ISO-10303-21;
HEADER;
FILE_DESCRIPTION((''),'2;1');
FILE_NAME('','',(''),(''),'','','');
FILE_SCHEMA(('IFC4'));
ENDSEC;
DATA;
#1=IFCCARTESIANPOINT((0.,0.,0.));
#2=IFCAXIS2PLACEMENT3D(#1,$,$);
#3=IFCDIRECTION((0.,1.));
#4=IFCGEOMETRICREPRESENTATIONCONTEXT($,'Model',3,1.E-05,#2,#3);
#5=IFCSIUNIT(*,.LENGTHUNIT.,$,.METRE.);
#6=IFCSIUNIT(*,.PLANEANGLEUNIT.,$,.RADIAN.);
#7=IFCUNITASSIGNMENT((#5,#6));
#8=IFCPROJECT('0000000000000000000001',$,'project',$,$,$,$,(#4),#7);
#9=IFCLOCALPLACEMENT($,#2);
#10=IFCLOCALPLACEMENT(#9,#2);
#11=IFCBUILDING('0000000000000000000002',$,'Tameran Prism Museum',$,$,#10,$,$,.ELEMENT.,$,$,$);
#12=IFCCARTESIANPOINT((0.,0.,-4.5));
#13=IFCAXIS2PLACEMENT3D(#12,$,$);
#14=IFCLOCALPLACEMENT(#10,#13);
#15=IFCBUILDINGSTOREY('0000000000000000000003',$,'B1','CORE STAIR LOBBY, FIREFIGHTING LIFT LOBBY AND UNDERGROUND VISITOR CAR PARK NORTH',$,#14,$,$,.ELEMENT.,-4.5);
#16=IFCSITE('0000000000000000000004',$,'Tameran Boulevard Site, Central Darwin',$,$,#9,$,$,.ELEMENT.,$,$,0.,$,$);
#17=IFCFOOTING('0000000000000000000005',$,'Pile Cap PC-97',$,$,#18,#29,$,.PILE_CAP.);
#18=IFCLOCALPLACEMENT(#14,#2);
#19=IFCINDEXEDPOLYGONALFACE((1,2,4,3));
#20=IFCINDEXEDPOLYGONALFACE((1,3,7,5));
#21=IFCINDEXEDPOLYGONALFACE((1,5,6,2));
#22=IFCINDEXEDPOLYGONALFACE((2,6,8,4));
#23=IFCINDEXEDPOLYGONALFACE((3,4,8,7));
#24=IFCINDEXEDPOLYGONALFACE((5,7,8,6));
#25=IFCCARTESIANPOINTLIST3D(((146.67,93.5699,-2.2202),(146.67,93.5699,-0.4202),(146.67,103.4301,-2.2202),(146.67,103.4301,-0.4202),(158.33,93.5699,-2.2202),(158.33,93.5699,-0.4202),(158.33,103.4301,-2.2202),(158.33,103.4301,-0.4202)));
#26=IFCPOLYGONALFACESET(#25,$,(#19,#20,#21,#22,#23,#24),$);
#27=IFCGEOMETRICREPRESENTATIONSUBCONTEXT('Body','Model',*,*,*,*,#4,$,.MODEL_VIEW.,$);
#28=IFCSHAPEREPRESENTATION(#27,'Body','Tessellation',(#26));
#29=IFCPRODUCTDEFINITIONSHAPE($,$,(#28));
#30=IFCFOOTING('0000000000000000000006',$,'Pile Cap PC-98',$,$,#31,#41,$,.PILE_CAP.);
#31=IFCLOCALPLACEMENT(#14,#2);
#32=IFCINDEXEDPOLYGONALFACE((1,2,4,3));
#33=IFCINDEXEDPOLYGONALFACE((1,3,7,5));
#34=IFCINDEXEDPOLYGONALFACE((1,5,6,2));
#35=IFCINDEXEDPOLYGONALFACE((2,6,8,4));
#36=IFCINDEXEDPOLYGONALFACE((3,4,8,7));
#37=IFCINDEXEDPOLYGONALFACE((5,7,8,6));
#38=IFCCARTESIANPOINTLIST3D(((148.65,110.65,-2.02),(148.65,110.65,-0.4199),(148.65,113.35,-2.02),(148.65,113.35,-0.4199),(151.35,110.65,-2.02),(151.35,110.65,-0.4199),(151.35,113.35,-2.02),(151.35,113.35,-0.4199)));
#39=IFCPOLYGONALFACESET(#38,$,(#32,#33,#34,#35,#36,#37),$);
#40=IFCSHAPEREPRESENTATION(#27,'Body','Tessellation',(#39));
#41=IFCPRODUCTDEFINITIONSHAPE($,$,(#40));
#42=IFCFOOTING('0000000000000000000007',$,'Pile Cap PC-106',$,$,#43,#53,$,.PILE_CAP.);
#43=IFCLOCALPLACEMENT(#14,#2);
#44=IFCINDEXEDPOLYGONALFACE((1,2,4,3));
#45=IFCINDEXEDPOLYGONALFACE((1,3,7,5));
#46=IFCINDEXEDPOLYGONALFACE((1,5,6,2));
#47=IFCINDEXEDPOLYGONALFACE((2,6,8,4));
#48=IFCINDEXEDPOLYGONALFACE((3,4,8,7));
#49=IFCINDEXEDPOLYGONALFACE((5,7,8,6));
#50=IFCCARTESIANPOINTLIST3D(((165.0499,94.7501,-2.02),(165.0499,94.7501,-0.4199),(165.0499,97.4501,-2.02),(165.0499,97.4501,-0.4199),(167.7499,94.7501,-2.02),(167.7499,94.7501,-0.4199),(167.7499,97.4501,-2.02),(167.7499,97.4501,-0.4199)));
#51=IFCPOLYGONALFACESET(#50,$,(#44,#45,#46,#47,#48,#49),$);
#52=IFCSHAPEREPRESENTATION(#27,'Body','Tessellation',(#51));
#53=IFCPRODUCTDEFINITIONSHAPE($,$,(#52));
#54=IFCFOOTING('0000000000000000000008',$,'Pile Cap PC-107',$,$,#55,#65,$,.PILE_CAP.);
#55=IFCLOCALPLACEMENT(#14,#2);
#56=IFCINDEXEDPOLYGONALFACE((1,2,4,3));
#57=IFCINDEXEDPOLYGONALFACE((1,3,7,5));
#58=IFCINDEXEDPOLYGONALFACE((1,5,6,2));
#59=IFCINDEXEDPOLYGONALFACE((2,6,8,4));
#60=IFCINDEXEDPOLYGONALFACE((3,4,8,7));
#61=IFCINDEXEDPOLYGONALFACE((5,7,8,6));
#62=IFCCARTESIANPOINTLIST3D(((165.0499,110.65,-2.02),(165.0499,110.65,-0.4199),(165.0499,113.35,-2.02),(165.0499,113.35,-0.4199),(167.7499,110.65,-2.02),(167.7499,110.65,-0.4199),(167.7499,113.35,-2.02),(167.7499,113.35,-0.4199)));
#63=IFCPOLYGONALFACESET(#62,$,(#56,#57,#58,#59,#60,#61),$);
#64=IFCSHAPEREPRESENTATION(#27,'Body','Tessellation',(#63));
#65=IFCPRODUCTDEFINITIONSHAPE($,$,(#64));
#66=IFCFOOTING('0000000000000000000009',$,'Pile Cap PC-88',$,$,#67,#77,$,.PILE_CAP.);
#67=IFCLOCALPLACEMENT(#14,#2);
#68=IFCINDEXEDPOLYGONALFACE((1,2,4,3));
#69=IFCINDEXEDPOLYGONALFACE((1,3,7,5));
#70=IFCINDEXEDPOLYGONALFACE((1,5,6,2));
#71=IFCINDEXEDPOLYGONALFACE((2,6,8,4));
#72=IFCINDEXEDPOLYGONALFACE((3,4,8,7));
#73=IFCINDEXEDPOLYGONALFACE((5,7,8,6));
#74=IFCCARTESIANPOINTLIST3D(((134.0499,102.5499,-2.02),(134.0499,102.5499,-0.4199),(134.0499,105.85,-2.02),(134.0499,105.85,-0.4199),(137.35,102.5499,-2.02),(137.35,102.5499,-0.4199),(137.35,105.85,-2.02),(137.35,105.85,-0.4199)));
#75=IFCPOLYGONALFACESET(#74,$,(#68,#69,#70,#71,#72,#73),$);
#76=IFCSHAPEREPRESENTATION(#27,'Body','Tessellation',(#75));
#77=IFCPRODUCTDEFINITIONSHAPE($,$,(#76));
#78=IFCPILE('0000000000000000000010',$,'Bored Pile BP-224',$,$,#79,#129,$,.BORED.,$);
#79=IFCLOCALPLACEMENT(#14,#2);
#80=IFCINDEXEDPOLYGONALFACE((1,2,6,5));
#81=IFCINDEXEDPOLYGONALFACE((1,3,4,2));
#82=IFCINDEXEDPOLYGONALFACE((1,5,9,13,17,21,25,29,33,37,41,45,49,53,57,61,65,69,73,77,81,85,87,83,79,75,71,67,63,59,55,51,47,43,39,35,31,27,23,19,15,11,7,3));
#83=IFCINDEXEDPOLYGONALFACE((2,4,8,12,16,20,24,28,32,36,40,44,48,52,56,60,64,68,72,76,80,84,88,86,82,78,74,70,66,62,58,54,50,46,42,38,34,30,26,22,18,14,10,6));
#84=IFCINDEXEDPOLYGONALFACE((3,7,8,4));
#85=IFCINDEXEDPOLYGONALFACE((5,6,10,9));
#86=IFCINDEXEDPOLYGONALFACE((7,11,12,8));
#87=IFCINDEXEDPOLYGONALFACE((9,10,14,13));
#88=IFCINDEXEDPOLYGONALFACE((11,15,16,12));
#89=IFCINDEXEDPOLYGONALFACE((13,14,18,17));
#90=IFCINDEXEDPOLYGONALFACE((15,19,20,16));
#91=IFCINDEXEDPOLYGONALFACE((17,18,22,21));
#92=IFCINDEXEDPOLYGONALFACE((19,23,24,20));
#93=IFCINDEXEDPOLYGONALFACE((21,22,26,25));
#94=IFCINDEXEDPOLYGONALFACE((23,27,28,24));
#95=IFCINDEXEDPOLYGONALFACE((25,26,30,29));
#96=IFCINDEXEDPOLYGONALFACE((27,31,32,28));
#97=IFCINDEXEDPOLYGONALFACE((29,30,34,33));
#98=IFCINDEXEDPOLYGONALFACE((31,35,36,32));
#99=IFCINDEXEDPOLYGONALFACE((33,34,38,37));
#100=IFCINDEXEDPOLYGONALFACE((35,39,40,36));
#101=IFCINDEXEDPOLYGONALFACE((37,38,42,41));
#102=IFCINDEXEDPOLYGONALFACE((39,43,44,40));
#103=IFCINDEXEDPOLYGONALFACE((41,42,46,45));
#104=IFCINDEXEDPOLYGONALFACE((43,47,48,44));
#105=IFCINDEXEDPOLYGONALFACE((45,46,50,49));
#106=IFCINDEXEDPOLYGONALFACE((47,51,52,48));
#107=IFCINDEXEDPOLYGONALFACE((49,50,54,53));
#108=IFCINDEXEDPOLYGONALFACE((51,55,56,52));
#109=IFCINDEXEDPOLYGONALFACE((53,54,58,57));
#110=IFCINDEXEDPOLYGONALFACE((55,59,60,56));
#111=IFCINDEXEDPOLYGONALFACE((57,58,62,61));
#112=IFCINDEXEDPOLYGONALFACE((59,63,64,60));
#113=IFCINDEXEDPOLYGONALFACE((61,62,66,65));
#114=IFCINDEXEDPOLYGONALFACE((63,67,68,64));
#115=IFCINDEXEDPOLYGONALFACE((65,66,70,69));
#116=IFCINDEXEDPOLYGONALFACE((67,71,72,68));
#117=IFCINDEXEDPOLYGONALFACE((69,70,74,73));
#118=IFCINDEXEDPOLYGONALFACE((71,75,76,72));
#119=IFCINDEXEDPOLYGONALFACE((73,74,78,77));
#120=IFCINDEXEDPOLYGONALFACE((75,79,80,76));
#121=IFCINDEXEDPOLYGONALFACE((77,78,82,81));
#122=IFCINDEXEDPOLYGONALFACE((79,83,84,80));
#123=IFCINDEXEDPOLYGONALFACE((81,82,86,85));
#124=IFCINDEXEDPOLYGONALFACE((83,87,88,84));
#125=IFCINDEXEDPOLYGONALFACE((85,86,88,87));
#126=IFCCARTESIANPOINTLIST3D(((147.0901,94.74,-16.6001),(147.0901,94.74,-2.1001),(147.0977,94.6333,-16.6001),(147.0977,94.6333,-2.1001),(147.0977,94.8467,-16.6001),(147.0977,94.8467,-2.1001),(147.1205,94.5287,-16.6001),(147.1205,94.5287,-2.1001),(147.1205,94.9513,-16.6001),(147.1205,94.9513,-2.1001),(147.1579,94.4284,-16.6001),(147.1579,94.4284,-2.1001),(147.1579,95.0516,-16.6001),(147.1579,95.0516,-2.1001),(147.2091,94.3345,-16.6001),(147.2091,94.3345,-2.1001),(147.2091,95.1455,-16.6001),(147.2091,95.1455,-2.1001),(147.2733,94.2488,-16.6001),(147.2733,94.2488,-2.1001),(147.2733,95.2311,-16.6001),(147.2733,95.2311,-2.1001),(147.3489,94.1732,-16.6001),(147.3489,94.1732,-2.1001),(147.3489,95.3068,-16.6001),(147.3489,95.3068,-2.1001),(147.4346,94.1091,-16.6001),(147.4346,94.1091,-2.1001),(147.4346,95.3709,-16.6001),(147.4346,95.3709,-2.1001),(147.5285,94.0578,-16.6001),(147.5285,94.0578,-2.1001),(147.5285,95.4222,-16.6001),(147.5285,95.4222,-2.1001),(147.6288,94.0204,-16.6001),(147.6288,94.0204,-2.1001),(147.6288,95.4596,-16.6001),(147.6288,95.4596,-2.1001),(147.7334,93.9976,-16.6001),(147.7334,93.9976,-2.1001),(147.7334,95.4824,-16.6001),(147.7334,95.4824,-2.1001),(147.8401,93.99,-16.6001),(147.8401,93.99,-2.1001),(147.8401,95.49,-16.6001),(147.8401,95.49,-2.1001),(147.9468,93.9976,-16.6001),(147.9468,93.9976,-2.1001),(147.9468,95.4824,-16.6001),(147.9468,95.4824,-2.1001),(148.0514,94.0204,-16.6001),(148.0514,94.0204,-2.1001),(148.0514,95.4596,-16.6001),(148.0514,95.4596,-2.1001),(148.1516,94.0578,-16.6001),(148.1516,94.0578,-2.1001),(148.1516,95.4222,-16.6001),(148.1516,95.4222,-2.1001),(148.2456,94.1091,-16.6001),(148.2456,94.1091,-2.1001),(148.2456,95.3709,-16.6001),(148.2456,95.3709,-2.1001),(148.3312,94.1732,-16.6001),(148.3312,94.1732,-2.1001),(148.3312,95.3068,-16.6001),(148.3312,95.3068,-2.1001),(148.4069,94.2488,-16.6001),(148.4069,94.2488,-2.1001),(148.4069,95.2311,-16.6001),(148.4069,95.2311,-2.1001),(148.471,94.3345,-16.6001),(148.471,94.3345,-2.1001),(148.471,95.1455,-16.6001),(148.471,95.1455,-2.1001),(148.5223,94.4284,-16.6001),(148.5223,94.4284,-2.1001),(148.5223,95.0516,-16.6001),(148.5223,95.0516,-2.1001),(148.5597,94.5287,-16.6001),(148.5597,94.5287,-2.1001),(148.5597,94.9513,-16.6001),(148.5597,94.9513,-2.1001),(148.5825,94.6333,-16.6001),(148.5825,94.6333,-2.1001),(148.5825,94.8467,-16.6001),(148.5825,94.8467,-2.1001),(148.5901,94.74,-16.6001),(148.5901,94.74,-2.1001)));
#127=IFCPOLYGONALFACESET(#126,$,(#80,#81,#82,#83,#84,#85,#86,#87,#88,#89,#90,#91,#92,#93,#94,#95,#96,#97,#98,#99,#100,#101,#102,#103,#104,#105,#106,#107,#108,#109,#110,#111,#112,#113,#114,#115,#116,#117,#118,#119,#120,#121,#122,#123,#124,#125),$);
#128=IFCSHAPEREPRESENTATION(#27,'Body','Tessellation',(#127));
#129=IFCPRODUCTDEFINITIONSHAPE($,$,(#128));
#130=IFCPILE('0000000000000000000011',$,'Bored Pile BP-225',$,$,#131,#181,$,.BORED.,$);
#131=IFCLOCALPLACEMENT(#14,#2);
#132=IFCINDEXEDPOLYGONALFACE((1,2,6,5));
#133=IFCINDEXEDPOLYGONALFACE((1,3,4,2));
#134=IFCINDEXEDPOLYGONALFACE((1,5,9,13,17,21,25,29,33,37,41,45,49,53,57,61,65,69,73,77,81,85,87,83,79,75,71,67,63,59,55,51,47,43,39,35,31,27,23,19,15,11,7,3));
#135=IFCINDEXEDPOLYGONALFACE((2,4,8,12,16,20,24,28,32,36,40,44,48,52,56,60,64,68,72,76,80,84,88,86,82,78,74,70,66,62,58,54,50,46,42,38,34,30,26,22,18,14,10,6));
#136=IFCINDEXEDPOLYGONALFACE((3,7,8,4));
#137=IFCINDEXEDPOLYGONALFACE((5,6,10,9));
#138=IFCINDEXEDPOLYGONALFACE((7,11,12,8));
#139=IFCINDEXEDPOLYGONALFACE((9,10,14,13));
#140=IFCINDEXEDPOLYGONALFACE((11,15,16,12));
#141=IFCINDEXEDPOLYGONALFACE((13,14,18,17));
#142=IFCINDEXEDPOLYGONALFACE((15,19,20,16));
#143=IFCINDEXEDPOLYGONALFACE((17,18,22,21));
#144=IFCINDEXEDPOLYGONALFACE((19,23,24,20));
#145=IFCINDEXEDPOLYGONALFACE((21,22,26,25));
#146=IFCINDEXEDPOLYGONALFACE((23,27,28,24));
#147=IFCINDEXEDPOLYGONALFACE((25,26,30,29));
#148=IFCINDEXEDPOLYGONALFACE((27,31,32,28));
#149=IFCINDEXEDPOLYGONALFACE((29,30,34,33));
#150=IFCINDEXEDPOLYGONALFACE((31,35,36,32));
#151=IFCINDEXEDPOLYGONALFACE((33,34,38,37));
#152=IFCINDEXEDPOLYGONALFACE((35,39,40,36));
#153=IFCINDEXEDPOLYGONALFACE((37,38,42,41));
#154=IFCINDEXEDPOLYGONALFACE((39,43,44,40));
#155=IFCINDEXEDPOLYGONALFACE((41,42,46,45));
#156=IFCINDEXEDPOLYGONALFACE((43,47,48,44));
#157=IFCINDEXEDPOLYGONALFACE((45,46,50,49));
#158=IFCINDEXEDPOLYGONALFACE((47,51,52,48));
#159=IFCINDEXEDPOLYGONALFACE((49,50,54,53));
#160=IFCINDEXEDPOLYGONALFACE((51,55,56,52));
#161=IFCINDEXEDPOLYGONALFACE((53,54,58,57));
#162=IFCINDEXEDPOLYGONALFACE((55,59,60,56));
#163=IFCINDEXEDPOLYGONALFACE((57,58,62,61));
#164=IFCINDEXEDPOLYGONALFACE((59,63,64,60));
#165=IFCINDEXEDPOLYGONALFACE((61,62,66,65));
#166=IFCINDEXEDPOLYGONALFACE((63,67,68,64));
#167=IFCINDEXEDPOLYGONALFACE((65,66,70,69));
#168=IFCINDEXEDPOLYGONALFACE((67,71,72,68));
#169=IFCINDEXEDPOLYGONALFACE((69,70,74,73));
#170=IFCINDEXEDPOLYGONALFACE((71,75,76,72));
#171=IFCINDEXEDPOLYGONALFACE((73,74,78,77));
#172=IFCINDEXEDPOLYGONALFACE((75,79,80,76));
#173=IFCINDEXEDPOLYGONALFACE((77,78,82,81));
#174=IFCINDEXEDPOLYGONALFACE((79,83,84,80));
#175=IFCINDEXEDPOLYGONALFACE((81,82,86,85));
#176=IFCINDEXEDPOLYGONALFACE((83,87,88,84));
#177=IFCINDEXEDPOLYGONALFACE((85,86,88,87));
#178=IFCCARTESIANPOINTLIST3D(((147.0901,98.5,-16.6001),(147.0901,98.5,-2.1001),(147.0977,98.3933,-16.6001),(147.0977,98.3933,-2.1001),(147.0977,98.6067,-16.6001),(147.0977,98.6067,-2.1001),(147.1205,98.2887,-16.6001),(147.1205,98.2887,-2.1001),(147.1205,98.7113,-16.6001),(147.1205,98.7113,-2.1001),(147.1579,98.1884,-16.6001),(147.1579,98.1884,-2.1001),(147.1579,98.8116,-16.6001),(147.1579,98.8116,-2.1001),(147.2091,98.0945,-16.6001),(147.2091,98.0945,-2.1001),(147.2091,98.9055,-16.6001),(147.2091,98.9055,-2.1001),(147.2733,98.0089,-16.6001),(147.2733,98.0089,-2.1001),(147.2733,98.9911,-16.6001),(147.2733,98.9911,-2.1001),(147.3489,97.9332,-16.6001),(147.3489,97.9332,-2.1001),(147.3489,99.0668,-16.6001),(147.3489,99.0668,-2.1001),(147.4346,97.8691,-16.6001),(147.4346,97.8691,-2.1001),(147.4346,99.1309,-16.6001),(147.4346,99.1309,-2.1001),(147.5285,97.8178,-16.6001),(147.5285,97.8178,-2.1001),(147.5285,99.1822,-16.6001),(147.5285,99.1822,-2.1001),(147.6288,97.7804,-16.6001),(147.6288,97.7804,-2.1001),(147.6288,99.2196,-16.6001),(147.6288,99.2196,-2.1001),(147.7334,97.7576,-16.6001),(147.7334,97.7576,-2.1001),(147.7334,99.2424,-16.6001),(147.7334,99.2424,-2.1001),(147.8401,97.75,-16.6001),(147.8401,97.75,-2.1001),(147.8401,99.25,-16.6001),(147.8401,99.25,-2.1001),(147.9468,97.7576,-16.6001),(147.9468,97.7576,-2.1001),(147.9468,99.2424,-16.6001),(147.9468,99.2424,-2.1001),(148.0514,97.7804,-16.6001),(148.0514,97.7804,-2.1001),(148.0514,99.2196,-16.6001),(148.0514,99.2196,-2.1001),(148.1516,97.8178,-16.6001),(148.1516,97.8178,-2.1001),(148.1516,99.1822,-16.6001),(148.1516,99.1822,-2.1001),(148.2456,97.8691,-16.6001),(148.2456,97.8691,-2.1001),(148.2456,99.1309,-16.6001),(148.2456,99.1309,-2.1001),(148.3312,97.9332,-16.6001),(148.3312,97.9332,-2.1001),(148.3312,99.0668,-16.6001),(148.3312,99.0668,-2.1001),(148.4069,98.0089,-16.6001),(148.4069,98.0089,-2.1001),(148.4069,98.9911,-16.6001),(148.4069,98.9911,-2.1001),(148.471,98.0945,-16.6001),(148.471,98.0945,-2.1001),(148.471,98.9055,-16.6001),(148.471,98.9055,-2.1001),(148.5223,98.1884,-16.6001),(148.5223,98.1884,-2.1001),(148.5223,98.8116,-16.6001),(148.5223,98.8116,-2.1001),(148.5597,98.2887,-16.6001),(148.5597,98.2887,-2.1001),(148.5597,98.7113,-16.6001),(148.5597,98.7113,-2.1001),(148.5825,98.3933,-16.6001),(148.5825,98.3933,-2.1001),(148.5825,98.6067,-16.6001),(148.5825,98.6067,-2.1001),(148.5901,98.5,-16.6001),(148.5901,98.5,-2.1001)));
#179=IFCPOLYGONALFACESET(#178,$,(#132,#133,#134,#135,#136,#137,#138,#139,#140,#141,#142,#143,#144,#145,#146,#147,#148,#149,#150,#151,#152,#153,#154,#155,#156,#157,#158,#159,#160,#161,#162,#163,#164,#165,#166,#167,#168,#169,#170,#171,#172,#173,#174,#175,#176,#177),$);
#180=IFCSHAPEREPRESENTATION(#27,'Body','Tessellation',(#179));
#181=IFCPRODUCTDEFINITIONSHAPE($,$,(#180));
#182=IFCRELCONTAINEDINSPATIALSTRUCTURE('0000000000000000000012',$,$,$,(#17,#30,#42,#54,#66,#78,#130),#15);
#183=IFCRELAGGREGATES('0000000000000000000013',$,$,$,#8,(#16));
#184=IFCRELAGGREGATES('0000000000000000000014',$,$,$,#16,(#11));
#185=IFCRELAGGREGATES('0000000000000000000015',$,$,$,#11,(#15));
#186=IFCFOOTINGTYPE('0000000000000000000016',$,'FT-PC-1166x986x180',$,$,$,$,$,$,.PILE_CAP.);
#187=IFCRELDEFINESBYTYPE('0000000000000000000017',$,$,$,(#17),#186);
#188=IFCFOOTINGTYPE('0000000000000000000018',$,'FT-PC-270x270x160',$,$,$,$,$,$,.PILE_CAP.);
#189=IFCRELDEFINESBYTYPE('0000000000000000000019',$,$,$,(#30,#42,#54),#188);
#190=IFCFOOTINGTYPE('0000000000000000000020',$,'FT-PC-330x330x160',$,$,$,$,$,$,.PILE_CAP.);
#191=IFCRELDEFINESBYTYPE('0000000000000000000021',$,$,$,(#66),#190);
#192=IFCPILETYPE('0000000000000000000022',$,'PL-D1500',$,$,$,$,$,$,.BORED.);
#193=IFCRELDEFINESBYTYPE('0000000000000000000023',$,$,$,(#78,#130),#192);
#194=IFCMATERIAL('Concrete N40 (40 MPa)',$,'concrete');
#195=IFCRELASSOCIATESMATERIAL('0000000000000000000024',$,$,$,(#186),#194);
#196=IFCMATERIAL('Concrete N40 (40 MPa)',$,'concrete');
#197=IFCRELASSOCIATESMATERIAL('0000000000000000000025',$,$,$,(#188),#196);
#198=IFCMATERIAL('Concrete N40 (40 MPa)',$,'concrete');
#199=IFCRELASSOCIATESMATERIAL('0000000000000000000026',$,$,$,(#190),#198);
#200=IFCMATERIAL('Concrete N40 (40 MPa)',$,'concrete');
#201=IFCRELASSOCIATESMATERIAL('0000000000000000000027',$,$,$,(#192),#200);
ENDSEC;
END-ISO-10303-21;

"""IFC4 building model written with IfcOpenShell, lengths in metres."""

from ifc_helpers import new_model, si_unit, direction, frame, origin, origin_2d, place, context, subcontext, project, spatial, rectangle, circle, extrude, material, material_profile, profile_set, type_object, element, save


model = new_model("IFC4")

# Units and contexts
model_context = context("Model", 3, precision=1e-05, world=origin(), true_north=direction((0.0, 1.0)))
body_context = subcontext(model_context, "Body", "Model", "MODEL_VIEW")
ifc_project = project(units=[si_unit("LENGTHUNIT", "METRE"), si_unit("PLANEANGLEUNIT", "RADIAN")], contexts=[model_context])

# Site, building, storey
site_placement = place(None, origin())
site = spatial("IfcSite", under=ifc_project, at=site_placement, Name="Tameran Boulevard Site, Central Darwin", CompositionType="ELEMENT", RefElevation=0.0)
building_placement = place(site_placement, origin())
building = spatial("IfcBuilding", under=site, at=building_placement, Name="Tameran Prism Museum", CompositionType="ELEMENT")
storey_placement = place(building_placement, frame((0.0, 0.0, -4.5)))
storey = spatial("IfcBuildingStorey", under=building, at=storey_placement, Name="B1", Description="CORE STAIR LOBBY, FIREFIGHTING LIFT LOBBY AND UNDERGROUND VISITOR CAR PARK NORTH", CompositionType="ELEMENT", Elevation=-4.5)

# Footings
ifc_material_1 = material(Name="Concrete N40 (40 MPa)", Category="concrete")
footing_type_1 = type_object("IfcFootingType", Name="FT-PC-1166x986x180", PredefinedType="PILE_CAP", material=ifc_material_1)
footing_1_placement = place(storey_placement, frame((152.5, 98.5, -2.2202), z_axis=(0.0, 0.0, 1.0), x_axis=(1.0, 0.0, 0.0)))
element("IfcFooting", 1, at=footing_1_placement, inside=storey, type_object=footing_type_1, Name="Pile Cap PC-97", PredefinedType="PILE_CAP", context=body_context, shape_type="SweptSolid", body=[
    extrude(rectangle(XDim=11.6599, YDim=9.8601, at=origin_2d()), origin(), (0.0, 0.0, 1.0), 1.8),
])
ifc_material_2 = material(Name="Concrete N40 (40 MPa)", Category="concrete")
footing_type_2 = type_object("IfcFootingType", Name="FT-PC-270x270x160", PredefinedType="PILE_CAP", material=ifc_material_2)
for number, where, z_axis, x_axis, name in (
    (2, (150.0, 112.0, -2.02), (0.0, 0.0, 1.0), (1.0, 0.0, 0.0), "Pile Cap PC-98"),
    (3, (166.3999, 96.1001, -2.02), (0.0, 0.0, 1.0), (1.0, 0.0, 0.0), "Pile Cap PC-106"),
    (4, (166.3999, 112.0, -2.02), (0.0, 0.0, 1.0), (1.0, 0.0, 0.0), "Pile Cap PC-107"),
):
    element("IfcFooting", number, at=place(storey_placement, frame(where, z_axis=z_axis, x_axis=x_axis)), inside=storey, type_object=footing_type_2, Name=name, PredefinedType="PILE_CAP", context=body_context, shape_type="SweptSolid", body=[
        extrude(rectangle(XDim=2.7, YDim=2.7, at=origin_2d()), origin(), (0.0, 0.0, 1.0), 1.6001),
    ])
ifc_material_3 = material(Name="Concrete N40 (40 MPa)", Category="concrete")
footing_type_3 = type_object("IfcFootingType", Name="FT-PC-330x330x160", PredefinedType="PILE_CAP", material=ifc_material_3)
footing_2_placement = place(storey_placement, frame((135.7, 104.2, -2.02), z_axis=(0.0, 0.0, 1.0), x_axis=(1.0, 0.0, 0.0)))
element("IfcFooting", 5, at=footing_2_placement, inside=storey, type_object=footing_type_3, Name="Pile Cap PC-88", PredefinedType="PILE_CAP", context=body_context, shape_type="SweptSolid", body=[
    extrude(rectangle(XDim=3.3, YDim=3.3, at=origin_2d()), origin(), (0.0, 0.0, 1.0), 1.6001),
])

# Piles
ifc_material_4 = material(Name="Concrete N40 (40 MPa)", Category="concrete")
ifc_material_profile_1 = material_profile(ifc_material_4, circle(Radius=0.75, at=origin_2d()))
ifc_profile_set_1 = profile_set([ifc_material_profile_1])
pile_type_1 = type_object("IfcPileType", Name="PL-D1500", PredefinedType="BORED", material=ifc_profile_set_1)
for number, where, z_axis, x_axis, name in (
    (6, (147.8401, 94.74, -2.1001), (0.0, 0.0, -1.0), (1.0, 0.0, 0.0), "Bored Pile BP-224"),
    (7, (147.8401, 98.5, -2.1001), (0.0, 0.0, -1.0), (1.0, 0.0, 0.0), "Bored Pile BP-225"),
):
    element("IfcPile", number, at=place(storey_placement, frame(where, z_axis=z_axis, x_axis=x_axis)), inside=storey, type_object=pile_type_1, Name=name, PredefinedType="BORED", context=body_context, shape_type="SweptSolid", body=[
        extrude(circle(Radius=0.75, at=origin_2d()), origin(), (0.0, 0.0, 1.0), 14.5),
    ])

save(model, "model.ifc")
